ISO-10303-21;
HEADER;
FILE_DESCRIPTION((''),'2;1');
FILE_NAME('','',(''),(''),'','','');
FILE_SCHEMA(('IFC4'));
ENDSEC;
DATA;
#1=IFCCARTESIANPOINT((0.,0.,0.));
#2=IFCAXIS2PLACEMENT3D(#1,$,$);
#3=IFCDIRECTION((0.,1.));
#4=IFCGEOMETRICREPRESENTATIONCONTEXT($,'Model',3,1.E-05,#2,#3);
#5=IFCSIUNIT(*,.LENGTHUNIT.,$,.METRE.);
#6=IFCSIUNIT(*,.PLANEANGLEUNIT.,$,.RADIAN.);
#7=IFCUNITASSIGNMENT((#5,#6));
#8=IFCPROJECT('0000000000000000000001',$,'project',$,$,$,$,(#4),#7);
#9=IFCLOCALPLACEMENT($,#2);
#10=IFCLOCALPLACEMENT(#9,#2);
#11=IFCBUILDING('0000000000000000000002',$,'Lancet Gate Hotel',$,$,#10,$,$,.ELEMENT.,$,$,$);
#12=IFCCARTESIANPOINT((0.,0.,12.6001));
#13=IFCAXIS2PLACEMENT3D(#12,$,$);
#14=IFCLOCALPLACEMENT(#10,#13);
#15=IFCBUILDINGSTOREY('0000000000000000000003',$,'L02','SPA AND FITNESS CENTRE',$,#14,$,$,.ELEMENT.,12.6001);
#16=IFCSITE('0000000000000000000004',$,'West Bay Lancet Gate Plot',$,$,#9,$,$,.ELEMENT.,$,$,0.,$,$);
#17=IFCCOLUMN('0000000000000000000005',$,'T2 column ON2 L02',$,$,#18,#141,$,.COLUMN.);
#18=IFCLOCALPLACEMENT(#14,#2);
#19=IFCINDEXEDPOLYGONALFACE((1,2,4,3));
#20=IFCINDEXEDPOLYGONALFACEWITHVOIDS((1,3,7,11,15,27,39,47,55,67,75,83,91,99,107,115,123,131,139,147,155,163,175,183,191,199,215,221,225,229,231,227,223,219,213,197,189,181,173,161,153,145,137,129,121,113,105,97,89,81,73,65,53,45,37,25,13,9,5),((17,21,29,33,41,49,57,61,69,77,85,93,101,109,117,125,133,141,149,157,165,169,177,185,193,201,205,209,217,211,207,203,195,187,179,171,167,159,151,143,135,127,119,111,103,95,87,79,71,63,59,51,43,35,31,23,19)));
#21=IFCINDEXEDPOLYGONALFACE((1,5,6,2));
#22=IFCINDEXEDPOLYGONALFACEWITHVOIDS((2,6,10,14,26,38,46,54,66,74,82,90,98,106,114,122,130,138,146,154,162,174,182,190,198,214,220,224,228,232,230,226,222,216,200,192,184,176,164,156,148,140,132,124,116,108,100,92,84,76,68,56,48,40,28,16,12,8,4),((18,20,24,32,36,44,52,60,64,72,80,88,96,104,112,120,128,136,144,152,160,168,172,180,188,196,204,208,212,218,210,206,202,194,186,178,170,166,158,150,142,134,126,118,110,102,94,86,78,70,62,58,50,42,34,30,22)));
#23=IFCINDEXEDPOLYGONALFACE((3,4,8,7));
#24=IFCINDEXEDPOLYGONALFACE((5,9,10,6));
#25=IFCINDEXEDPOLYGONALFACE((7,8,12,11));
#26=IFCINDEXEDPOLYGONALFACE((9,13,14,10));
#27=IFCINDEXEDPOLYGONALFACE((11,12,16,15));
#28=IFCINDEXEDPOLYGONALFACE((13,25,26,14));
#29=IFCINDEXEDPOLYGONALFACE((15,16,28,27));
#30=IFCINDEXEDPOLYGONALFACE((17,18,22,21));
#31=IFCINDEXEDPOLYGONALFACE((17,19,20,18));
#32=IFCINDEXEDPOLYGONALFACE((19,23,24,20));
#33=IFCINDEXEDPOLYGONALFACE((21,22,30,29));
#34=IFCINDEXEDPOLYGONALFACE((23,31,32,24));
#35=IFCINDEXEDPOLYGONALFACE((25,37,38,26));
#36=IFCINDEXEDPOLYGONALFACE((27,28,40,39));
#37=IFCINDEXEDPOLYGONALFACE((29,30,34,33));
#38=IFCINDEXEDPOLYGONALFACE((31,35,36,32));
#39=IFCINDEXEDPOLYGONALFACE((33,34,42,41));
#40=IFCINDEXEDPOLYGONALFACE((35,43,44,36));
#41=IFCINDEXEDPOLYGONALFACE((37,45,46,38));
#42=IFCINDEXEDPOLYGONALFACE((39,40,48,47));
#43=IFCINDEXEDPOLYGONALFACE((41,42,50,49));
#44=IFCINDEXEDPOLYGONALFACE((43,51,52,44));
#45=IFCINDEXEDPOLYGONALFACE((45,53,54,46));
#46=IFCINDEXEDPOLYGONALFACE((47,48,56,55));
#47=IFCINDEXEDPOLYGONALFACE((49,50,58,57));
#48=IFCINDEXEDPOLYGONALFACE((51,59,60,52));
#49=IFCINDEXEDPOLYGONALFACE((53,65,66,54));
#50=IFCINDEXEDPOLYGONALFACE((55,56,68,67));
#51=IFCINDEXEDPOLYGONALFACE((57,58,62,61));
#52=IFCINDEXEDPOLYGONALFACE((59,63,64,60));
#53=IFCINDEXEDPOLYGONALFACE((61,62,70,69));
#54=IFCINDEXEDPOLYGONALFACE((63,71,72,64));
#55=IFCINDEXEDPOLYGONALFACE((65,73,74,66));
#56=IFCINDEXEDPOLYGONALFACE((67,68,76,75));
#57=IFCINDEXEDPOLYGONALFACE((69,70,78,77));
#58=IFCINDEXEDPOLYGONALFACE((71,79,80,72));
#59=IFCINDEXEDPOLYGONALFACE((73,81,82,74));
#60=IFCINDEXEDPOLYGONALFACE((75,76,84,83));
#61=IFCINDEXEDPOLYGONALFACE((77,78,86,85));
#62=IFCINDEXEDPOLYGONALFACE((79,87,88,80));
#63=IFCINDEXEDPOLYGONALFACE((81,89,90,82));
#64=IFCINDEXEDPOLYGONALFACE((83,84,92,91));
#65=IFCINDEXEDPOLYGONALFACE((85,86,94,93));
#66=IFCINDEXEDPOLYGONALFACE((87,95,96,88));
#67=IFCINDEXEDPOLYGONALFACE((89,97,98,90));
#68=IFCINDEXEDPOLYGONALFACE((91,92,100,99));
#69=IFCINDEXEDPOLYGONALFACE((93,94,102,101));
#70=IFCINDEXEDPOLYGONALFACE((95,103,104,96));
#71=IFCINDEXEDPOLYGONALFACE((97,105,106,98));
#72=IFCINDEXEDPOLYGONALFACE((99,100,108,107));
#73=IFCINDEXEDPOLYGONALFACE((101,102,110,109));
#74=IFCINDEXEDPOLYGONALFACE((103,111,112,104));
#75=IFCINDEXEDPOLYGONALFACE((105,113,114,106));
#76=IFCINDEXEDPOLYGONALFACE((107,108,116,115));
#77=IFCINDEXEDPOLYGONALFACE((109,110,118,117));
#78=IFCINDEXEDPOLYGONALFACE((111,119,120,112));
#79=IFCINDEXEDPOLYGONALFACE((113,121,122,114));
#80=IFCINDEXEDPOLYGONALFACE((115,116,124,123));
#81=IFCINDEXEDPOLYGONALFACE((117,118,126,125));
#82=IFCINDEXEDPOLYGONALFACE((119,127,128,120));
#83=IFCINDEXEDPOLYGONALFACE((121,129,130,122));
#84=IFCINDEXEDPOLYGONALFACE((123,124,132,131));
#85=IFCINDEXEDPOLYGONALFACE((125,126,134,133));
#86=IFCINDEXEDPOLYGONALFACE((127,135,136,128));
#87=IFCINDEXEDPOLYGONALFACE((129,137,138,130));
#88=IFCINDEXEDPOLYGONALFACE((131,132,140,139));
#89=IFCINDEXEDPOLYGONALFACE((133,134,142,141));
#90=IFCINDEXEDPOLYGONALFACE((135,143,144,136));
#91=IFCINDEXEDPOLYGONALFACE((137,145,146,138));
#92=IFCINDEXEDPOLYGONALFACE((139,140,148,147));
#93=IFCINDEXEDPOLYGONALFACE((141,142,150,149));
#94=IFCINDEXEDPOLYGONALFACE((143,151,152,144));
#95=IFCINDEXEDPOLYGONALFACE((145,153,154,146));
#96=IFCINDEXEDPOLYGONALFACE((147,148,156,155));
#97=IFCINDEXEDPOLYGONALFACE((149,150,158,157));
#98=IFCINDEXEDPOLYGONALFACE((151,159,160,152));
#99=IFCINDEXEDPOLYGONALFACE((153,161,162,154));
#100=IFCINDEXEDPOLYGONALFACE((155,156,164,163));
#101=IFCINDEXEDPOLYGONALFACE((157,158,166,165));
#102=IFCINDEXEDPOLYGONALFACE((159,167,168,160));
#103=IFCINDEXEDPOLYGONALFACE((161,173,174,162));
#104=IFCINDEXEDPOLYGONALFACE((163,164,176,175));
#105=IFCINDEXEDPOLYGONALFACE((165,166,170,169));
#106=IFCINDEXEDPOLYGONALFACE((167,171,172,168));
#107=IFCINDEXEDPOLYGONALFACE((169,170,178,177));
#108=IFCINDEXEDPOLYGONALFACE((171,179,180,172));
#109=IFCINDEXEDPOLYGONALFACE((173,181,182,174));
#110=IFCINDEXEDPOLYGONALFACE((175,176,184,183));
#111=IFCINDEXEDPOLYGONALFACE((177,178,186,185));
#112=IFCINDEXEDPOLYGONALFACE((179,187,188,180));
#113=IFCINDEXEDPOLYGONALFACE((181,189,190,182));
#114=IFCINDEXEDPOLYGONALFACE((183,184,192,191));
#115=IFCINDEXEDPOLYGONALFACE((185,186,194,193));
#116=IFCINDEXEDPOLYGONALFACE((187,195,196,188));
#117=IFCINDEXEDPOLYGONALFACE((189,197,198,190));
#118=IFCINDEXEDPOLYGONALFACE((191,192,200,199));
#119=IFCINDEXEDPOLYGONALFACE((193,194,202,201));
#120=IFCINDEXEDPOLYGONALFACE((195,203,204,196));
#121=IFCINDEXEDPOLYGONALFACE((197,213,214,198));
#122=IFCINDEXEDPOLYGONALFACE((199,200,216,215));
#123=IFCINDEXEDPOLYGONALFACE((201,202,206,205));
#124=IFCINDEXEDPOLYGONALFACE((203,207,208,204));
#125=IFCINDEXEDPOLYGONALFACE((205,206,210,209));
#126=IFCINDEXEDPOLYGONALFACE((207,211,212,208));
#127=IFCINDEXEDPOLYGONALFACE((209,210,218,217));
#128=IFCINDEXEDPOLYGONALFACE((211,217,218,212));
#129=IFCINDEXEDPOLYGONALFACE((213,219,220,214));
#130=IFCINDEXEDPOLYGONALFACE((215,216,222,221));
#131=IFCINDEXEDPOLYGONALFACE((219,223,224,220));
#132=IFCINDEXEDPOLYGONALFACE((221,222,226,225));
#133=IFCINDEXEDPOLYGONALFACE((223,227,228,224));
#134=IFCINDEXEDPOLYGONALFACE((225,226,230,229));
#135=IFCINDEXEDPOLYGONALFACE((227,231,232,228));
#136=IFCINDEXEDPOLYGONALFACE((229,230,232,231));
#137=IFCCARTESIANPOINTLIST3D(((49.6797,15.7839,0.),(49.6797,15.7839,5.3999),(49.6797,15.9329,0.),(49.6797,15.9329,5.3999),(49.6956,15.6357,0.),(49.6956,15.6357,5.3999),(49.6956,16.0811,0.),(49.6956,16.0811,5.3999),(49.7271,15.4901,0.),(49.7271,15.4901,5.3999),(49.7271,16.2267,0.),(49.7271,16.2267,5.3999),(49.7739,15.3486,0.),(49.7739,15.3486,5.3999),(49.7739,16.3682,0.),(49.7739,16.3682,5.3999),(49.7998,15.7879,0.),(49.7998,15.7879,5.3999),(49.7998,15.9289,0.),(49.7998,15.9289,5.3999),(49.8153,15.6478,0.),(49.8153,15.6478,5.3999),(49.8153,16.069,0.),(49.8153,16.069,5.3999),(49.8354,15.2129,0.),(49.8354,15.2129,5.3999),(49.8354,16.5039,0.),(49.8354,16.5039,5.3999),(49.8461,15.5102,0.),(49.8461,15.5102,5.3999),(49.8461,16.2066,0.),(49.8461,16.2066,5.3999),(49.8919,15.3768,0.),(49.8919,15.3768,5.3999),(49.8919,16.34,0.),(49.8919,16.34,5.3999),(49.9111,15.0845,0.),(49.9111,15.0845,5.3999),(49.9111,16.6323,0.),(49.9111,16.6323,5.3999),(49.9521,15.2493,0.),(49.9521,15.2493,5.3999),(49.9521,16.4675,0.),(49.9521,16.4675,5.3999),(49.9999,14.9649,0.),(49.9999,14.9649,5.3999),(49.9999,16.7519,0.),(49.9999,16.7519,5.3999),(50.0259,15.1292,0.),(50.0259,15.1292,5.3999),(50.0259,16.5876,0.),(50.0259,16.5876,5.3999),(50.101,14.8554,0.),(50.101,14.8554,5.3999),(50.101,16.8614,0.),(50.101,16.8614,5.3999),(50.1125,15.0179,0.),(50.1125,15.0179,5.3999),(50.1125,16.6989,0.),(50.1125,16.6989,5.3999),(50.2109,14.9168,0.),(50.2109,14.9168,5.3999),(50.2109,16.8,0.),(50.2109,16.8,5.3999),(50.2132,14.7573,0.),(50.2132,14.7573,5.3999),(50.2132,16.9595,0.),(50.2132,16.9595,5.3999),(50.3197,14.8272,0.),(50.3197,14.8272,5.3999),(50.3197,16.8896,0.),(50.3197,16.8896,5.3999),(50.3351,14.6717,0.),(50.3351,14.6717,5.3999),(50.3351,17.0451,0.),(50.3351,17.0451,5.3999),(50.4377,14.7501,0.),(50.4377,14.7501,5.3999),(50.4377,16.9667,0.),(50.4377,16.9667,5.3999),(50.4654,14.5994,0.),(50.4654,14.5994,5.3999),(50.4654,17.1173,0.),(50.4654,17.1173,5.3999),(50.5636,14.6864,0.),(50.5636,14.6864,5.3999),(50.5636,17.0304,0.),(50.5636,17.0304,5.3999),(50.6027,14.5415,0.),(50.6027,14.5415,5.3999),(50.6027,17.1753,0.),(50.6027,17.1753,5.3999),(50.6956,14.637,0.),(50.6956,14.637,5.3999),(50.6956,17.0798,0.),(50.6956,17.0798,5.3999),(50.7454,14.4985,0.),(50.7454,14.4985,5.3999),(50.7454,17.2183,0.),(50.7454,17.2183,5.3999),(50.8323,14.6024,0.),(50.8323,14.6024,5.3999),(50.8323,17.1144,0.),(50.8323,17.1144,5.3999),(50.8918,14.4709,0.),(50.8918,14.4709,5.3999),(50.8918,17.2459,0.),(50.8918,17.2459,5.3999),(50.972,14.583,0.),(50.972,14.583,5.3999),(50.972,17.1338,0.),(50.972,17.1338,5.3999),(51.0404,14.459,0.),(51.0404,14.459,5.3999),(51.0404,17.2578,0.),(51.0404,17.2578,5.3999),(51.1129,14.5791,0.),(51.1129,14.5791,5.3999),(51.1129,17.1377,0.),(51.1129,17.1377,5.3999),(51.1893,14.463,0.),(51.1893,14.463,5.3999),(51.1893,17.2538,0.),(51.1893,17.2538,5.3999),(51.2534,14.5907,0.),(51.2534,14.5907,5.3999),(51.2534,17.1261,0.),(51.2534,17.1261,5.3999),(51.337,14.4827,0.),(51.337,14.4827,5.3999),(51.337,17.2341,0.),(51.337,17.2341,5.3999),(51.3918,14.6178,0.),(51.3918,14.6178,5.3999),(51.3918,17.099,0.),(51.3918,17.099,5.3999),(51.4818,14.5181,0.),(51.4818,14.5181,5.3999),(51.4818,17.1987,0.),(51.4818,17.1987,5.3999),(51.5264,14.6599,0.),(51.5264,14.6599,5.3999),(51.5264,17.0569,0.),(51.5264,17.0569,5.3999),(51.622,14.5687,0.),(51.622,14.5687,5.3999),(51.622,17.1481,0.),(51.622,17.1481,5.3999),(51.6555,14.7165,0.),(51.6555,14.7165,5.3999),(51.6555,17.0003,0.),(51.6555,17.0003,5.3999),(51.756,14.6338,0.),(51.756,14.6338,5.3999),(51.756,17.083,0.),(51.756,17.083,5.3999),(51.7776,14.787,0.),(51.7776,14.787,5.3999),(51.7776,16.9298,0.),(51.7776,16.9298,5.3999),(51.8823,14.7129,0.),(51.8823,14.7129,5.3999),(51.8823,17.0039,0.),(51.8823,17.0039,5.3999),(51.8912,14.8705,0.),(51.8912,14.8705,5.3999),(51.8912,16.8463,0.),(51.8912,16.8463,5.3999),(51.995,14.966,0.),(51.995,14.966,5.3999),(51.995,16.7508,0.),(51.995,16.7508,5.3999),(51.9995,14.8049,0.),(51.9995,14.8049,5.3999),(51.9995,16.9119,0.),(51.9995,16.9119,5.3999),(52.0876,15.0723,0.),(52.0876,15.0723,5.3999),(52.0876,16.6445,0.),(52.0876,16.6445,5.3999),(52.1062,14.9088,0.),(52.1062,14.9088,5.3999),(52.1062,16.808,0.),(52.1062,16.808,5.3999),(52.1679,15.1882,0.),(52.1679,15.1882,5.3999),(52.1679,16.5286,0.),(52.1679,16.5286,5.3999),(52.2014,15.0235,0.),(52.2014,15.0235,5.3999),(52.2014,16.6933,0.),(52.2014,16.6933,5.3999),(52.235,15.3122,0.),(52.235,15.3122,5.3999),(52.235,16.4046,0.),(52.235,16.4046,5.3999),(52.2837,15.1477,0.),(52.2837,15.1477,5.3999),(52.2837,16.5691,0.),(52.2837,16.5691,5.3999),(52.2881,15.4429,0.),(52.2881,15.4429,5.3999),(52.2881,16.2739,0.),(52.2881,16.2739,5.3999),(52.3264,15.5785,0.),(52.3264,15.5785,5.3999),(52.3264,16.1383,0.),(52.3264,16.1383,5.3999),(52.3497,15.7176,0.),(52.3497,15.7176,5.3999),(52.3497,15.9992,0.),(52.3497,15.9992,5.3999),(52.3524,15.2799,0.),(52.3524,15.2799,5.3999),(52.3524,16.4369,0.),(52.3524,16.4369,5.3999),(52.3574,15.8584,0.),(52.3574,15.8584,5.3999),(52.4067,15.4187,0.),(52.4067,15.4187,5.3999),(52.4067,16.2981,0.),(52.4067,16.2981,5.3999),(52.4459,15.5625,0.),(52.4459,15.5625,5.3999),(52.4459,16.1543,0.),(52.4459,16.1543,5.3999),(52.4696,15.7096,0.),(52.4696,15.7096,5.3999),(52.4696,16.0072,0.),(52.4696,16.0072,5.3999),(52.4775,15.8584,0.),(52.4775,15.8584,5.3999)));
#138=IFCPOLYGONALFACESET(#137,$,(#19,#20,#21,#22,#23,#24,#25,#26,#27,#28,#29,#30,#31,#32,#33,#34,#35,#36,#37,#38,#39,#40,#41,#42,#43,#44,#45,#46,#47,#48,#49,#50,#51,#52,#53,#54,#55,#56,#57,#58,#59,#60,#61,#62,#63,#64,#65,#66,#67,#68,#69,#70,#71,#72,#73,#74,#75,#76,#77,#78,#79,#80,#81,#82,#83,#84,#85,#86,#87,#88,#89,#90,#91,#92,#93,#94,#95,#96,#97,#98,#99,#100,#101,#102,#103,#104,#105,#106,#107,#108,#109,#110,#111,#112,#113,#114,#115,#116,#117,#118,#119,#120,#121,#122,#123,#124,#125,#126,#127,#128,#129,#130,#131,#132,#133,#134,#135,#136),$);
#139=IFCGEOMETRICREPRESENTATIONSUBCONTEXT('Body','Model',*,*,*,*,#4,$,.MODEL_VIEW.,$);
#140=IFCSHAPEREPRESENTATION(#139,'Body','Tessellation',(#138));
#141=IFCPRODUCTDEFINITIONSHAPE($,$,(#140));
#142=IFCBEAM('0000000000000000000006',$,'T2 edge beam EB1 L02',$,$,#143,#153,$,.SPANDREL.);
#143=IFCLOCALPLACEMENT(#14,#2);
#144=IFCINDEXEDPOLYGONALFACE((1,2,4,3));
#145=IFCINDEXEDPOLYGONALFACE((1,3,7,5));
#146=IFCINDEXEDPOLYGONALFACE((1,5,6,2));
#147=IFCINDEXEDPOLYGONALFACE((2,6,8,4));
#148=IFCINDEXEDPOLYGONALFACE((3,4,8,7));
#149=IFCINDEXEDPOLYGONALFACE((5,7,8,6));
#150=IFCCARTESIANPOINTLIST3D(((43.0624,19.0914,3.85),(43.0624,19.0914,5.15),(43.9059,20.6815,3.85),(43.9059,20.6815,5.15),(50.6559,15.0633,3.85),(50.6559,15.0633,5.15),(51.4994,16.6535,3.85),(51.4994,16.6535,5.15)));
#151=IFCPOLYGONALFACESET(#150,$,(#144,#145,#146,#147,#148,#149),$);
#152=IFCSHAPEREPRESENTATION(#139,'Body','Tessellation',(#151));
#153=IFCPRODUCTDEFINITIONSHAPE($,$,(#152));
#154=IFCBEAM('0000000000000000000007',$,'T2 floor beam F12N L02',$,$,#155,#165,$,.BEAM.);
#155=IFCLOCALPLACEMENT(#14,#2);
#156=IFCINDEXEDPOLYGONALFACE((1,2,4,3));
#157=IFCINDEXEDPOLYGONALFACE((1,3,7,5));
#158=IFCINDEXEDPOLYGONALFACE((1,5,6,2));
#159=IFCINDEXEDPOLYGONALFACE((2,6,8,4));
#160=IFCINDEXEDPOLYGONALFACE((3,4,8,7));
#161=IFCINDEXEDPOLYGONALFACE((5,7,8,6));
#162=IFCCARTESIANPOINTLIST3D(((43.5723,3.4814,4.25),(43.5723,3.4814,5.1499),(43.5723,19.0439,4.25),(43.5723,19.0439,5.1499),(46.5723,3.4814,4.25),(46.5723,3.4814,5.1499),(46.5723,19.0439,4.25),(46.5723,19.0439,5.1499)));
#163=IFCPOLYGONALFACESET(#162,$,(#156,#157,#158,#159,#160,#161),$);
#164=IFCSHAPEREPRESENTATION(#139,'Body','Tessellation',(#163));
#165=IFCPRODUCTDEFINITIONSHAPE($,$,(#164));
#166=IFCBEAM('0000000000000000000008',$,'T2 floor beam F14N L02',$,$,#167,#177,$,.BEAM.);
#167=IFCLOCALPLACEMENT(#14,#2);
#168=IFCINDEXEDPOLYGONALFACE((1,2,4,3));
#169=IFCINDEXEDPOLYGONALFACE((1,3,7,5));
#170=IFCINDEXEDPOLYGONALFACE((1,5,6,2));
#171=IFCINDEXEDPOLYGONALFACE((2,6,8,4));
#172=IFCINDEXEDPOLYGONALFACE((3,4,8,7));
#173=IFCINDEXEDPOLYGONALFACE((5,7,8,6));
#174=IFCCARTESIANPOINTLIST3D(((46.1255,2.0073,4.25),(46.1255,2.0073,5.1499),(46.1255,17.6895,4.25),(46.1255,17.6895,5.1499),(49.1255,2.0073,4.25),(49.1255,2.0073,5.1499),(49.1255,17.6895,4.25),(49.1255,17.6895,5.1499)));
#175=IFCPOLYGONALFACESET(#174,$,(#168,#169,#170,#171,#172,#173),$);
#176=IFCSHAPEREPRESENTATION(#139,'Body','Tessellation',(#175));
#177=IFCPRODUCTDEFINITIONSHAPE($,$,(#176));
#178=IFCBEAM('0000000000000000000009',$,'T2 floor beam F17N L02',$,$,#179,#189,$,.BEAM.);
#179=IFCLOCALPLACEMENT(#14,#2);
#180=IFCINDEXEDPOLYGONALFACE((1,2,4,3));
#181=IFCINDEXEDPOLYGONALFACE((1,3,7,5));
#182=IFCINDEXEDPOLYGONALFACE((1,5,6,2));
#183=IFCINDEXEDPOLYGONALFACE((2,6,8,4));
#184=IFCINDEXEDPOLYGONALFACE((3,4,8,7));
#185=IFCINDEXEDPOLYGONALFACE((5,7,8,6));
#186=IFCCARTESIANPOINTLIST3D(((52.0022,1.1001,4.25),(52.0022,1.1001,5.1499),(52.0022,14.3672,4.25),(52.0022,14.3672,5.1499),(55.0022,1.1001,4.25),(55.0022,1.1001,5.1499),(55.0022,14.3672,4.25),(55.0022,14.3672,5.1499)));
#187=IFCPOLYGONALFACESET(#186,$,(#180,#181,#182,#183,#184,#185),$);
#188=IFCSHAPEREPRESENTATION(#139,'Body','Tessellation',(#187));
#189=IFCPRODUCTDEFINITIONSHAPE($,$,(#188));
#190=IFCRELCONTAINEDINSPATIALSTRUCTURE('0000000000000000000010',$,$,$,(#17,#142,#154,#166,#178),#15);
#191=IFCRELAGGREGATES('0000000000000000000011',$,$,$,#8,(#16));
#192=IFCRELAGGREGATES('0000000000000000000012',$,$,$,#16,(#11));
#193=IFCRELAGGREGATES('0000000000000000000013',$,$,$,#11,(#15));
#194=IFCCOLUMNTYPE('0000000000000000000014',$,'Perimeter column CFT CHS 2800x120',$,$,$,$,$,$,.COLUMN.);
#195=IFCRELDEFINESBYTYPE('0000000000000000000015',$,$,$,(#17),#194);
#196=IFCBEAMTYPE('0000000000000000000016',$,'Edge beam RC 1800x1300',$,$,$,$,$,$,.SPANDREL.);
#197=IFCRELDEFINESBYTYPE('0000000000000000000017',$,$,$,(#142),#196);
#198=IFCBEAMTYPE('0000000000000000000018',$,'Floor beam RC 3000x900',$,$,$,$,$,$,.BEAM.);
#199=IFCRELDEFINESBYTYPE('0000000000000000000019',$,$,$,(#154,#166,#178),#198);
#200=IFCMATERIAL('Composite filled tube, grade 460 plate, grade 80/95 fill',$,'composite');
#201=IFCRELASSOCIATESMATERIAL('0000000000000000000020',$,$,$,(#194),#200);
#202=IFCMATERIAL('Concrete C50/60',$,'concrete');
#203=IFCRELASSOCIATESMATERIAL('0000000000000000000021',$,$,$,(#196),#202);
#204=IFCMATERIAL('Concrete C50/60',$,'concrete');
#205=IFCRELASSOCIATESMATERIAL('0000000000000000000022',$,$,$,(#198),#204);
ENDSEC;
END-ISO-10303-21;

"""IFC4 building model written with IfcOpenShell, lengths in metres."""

from ifc_helpers import new_model, si_unit, direction, frame, origin, origin_2d, place, context, subcontext, project, spatial, rectangle, hollow_circle, extrude, material, material_profile, profile_set, type_object, element, save


model = new_model("IFC4")

# Units and contexts
model_context = context("Model", 3, precision=1e-05, world=origin(), true_north=direction((0.0, 1.0)))
body_context = subcontext(model_context, "Body", "Model", "MODEL_VIEW")
ifc_project = project(units=[si_unit("LENGTHUNIT", "METRE"), si_unit("PLANEANGLEUNIT", "RADIAN")], contexts=[model_context])

# Site, building, storey
site_placement = place(None, origin())
site = spatial("IfcSite", under=ifc_project, at=site_placement, Name="West Bay Lancet Gate Plot", CompositionType="ELEMENT", RefElevation=0.0)
building_placement = place(site_placement, origin())
building = spatial("IfcBuilding", under=site, at=building_placement, Name="Lancet Gate Hotel", CompositionType="ELEMENT")
storey_placement = place(building_placement, frame((0.0, 0.0, 12.6001)))
storey = spatial("IfcBuildingStorey", under=building, at=storey_placement, Name="L02", Description="SPA AND FITNESS CENTRE", CompositionType="ELEMENT", Elevation=12.6001)

# Column
ifc_material_1 = material(Name="Composite filled tube, grade 460 plate, grade 80/95 fill", Category="composite")
ifc_material_profile_1 = material_profile(ifc_material_1, hollow_circle(Radius=1.3999, WallThickness=0.1201, at=origin_2d()), Name="CHS 2800x120")
ifc_profile_set_1 = profile_set([ifc_material_profile_1], Name="Composite filled tube, grade 460 plate, grade 80/95 fill")
column_type = type_object("IfcColumnType", Name="Perimeter column CFT CHS 2800x120", PredefinedType="COLUMN", material=ifc_profile_set_1)
column_placement = place(storey_placement, frame((51.0776, 15.8584, 0.0), z_axis=(0.0, 0.0, 1.0), x_axis=(1.0, 0.0, 0.0)))
element("IfcColumn", 1, at=column_placement, inside=storey, type_object=column_type, Name="T2 column ON2 L02", PredefinedType="COLUMN", context=body_context, shape_type="SweptSolid", body=[
    extrude(hollow_circle(Radius=1.3999, WallThickness=0.1201, at=origin_2d()), origin(), (0.0, 0.0, 1.0), 5.3999),
])

# Beams
ifc_material_2 = material(Name="Concrete C50/60", Category="concrete")
ifc_material_profile_2 = material_profile(ifc_material_2, rectangle(XDim=1.8, YDim=1.3, at=origin_2d()), Name="RC 1800x1300")
ifc_profile_set_2 = profile_set([ifc_material_profile_2], Name="Concrete C50/60")
beam_type_1 = type_object("IfcBeamType", Name="Edge beam RC 1800x1300", PredefinedType="SPANDREL", material=ifc_profile_set_2)
beam_1_placement = place(storey_placement, frame((51.0776, 15.8584, 4.5), z_axis=(-0.883403, 0.468613, 0.0), x_axis=(-0.468613, -0.883403, 0.0)))
element("IfcBeam", 2, at=beam_1_placement, inside=storey, type_object=beam_type_1, Name="T2 edge beam EB1 L02", PredefinedType="SPANDREL", context=body_context, shape_type="SweptSolid", body=[
    extrude(rectangle(XDim=1.8, YDim=1.3, at=origin_2d()), origin(), (0.0, 0.0, 1.0), 8.5957),
])
ifc_material_3 = material(Name="Concrete C50/60", Category="concrete")
ifc_material_profile_3 = material_profile(ifc_material_3, rectangle(XDim=3.0, YDim=0.8999, at=origin_2d()), Name="RC 3000x900")
ifc_profile_set_3 = profile_set([ifc_material_profile_3], Name="Concrete C50/60")
beam_type_2 = type_object("IfcBeamType", Name="Floor beam RC 3000x900", PredefinedType="BEAM", material=ifc_profile_set_3)
beam_2_placement = place(storey_placement, frame((45.0723, 3.4814, 4.7), z_axis=(0.0, 1.0, 0.0), x_axis=(-1.0, 0.0, 0.0)))
element("IfcBeam", 3, at=beam_2_placement, inside=storey, type_object=beam_type_2, Name="T2 floor beam F12N L02", PredefinedType="BEAM", context=body_context, shape_type="SweptSolid", body=[
    extrude(rectangle(XDim=3.0, YDim=0.8999, at=origin_2d()), origin(), (0.0, 0.0, 1.0), 15.5625),
])
beam_3_placement = place(storey_placement, frame((47.6255, 2.0073, 4.7), z_axis=(0.0, 1.0, 0.0), x_axis=(-1.0, 0.0, 0.0)))
element("IfcBeam", 4, at=beam_3_placement, inside=storey, type_object=beam_type_2, Name="T2 floor beam F14N L02", PredefinedType="BEAM", context=body_context, shape_type="SweptSolid", body=[
    extrude(rectangle(XDim=3.0, YDim=0.8999, at=origin_2d()), origin(), (0.0, 0.0, 1.0), 15.6821),
])
beam_4_placement = place(storey_placement, frame((53.5022, 1.1001, 4.7), z_axis=(0.0, 1.0, 0.0), x_axis=(-1.0, 0.0, 0.0)))
element("IfcBeam", 5, at=beam_4_placement, inside=storey, type_object=beam_type_2, Name="T2 floor beam F17N L02", PredefinedType="BEAM", context=body_context, shape_type="SweptSolid", body=[
    extrude(rectangle(XDim=3.0, YDim=0.8999, at=origin_2d()), origin(), (0.0, 0.0, 1.0), 13.2671),
])

save(model, "model.ifc")
